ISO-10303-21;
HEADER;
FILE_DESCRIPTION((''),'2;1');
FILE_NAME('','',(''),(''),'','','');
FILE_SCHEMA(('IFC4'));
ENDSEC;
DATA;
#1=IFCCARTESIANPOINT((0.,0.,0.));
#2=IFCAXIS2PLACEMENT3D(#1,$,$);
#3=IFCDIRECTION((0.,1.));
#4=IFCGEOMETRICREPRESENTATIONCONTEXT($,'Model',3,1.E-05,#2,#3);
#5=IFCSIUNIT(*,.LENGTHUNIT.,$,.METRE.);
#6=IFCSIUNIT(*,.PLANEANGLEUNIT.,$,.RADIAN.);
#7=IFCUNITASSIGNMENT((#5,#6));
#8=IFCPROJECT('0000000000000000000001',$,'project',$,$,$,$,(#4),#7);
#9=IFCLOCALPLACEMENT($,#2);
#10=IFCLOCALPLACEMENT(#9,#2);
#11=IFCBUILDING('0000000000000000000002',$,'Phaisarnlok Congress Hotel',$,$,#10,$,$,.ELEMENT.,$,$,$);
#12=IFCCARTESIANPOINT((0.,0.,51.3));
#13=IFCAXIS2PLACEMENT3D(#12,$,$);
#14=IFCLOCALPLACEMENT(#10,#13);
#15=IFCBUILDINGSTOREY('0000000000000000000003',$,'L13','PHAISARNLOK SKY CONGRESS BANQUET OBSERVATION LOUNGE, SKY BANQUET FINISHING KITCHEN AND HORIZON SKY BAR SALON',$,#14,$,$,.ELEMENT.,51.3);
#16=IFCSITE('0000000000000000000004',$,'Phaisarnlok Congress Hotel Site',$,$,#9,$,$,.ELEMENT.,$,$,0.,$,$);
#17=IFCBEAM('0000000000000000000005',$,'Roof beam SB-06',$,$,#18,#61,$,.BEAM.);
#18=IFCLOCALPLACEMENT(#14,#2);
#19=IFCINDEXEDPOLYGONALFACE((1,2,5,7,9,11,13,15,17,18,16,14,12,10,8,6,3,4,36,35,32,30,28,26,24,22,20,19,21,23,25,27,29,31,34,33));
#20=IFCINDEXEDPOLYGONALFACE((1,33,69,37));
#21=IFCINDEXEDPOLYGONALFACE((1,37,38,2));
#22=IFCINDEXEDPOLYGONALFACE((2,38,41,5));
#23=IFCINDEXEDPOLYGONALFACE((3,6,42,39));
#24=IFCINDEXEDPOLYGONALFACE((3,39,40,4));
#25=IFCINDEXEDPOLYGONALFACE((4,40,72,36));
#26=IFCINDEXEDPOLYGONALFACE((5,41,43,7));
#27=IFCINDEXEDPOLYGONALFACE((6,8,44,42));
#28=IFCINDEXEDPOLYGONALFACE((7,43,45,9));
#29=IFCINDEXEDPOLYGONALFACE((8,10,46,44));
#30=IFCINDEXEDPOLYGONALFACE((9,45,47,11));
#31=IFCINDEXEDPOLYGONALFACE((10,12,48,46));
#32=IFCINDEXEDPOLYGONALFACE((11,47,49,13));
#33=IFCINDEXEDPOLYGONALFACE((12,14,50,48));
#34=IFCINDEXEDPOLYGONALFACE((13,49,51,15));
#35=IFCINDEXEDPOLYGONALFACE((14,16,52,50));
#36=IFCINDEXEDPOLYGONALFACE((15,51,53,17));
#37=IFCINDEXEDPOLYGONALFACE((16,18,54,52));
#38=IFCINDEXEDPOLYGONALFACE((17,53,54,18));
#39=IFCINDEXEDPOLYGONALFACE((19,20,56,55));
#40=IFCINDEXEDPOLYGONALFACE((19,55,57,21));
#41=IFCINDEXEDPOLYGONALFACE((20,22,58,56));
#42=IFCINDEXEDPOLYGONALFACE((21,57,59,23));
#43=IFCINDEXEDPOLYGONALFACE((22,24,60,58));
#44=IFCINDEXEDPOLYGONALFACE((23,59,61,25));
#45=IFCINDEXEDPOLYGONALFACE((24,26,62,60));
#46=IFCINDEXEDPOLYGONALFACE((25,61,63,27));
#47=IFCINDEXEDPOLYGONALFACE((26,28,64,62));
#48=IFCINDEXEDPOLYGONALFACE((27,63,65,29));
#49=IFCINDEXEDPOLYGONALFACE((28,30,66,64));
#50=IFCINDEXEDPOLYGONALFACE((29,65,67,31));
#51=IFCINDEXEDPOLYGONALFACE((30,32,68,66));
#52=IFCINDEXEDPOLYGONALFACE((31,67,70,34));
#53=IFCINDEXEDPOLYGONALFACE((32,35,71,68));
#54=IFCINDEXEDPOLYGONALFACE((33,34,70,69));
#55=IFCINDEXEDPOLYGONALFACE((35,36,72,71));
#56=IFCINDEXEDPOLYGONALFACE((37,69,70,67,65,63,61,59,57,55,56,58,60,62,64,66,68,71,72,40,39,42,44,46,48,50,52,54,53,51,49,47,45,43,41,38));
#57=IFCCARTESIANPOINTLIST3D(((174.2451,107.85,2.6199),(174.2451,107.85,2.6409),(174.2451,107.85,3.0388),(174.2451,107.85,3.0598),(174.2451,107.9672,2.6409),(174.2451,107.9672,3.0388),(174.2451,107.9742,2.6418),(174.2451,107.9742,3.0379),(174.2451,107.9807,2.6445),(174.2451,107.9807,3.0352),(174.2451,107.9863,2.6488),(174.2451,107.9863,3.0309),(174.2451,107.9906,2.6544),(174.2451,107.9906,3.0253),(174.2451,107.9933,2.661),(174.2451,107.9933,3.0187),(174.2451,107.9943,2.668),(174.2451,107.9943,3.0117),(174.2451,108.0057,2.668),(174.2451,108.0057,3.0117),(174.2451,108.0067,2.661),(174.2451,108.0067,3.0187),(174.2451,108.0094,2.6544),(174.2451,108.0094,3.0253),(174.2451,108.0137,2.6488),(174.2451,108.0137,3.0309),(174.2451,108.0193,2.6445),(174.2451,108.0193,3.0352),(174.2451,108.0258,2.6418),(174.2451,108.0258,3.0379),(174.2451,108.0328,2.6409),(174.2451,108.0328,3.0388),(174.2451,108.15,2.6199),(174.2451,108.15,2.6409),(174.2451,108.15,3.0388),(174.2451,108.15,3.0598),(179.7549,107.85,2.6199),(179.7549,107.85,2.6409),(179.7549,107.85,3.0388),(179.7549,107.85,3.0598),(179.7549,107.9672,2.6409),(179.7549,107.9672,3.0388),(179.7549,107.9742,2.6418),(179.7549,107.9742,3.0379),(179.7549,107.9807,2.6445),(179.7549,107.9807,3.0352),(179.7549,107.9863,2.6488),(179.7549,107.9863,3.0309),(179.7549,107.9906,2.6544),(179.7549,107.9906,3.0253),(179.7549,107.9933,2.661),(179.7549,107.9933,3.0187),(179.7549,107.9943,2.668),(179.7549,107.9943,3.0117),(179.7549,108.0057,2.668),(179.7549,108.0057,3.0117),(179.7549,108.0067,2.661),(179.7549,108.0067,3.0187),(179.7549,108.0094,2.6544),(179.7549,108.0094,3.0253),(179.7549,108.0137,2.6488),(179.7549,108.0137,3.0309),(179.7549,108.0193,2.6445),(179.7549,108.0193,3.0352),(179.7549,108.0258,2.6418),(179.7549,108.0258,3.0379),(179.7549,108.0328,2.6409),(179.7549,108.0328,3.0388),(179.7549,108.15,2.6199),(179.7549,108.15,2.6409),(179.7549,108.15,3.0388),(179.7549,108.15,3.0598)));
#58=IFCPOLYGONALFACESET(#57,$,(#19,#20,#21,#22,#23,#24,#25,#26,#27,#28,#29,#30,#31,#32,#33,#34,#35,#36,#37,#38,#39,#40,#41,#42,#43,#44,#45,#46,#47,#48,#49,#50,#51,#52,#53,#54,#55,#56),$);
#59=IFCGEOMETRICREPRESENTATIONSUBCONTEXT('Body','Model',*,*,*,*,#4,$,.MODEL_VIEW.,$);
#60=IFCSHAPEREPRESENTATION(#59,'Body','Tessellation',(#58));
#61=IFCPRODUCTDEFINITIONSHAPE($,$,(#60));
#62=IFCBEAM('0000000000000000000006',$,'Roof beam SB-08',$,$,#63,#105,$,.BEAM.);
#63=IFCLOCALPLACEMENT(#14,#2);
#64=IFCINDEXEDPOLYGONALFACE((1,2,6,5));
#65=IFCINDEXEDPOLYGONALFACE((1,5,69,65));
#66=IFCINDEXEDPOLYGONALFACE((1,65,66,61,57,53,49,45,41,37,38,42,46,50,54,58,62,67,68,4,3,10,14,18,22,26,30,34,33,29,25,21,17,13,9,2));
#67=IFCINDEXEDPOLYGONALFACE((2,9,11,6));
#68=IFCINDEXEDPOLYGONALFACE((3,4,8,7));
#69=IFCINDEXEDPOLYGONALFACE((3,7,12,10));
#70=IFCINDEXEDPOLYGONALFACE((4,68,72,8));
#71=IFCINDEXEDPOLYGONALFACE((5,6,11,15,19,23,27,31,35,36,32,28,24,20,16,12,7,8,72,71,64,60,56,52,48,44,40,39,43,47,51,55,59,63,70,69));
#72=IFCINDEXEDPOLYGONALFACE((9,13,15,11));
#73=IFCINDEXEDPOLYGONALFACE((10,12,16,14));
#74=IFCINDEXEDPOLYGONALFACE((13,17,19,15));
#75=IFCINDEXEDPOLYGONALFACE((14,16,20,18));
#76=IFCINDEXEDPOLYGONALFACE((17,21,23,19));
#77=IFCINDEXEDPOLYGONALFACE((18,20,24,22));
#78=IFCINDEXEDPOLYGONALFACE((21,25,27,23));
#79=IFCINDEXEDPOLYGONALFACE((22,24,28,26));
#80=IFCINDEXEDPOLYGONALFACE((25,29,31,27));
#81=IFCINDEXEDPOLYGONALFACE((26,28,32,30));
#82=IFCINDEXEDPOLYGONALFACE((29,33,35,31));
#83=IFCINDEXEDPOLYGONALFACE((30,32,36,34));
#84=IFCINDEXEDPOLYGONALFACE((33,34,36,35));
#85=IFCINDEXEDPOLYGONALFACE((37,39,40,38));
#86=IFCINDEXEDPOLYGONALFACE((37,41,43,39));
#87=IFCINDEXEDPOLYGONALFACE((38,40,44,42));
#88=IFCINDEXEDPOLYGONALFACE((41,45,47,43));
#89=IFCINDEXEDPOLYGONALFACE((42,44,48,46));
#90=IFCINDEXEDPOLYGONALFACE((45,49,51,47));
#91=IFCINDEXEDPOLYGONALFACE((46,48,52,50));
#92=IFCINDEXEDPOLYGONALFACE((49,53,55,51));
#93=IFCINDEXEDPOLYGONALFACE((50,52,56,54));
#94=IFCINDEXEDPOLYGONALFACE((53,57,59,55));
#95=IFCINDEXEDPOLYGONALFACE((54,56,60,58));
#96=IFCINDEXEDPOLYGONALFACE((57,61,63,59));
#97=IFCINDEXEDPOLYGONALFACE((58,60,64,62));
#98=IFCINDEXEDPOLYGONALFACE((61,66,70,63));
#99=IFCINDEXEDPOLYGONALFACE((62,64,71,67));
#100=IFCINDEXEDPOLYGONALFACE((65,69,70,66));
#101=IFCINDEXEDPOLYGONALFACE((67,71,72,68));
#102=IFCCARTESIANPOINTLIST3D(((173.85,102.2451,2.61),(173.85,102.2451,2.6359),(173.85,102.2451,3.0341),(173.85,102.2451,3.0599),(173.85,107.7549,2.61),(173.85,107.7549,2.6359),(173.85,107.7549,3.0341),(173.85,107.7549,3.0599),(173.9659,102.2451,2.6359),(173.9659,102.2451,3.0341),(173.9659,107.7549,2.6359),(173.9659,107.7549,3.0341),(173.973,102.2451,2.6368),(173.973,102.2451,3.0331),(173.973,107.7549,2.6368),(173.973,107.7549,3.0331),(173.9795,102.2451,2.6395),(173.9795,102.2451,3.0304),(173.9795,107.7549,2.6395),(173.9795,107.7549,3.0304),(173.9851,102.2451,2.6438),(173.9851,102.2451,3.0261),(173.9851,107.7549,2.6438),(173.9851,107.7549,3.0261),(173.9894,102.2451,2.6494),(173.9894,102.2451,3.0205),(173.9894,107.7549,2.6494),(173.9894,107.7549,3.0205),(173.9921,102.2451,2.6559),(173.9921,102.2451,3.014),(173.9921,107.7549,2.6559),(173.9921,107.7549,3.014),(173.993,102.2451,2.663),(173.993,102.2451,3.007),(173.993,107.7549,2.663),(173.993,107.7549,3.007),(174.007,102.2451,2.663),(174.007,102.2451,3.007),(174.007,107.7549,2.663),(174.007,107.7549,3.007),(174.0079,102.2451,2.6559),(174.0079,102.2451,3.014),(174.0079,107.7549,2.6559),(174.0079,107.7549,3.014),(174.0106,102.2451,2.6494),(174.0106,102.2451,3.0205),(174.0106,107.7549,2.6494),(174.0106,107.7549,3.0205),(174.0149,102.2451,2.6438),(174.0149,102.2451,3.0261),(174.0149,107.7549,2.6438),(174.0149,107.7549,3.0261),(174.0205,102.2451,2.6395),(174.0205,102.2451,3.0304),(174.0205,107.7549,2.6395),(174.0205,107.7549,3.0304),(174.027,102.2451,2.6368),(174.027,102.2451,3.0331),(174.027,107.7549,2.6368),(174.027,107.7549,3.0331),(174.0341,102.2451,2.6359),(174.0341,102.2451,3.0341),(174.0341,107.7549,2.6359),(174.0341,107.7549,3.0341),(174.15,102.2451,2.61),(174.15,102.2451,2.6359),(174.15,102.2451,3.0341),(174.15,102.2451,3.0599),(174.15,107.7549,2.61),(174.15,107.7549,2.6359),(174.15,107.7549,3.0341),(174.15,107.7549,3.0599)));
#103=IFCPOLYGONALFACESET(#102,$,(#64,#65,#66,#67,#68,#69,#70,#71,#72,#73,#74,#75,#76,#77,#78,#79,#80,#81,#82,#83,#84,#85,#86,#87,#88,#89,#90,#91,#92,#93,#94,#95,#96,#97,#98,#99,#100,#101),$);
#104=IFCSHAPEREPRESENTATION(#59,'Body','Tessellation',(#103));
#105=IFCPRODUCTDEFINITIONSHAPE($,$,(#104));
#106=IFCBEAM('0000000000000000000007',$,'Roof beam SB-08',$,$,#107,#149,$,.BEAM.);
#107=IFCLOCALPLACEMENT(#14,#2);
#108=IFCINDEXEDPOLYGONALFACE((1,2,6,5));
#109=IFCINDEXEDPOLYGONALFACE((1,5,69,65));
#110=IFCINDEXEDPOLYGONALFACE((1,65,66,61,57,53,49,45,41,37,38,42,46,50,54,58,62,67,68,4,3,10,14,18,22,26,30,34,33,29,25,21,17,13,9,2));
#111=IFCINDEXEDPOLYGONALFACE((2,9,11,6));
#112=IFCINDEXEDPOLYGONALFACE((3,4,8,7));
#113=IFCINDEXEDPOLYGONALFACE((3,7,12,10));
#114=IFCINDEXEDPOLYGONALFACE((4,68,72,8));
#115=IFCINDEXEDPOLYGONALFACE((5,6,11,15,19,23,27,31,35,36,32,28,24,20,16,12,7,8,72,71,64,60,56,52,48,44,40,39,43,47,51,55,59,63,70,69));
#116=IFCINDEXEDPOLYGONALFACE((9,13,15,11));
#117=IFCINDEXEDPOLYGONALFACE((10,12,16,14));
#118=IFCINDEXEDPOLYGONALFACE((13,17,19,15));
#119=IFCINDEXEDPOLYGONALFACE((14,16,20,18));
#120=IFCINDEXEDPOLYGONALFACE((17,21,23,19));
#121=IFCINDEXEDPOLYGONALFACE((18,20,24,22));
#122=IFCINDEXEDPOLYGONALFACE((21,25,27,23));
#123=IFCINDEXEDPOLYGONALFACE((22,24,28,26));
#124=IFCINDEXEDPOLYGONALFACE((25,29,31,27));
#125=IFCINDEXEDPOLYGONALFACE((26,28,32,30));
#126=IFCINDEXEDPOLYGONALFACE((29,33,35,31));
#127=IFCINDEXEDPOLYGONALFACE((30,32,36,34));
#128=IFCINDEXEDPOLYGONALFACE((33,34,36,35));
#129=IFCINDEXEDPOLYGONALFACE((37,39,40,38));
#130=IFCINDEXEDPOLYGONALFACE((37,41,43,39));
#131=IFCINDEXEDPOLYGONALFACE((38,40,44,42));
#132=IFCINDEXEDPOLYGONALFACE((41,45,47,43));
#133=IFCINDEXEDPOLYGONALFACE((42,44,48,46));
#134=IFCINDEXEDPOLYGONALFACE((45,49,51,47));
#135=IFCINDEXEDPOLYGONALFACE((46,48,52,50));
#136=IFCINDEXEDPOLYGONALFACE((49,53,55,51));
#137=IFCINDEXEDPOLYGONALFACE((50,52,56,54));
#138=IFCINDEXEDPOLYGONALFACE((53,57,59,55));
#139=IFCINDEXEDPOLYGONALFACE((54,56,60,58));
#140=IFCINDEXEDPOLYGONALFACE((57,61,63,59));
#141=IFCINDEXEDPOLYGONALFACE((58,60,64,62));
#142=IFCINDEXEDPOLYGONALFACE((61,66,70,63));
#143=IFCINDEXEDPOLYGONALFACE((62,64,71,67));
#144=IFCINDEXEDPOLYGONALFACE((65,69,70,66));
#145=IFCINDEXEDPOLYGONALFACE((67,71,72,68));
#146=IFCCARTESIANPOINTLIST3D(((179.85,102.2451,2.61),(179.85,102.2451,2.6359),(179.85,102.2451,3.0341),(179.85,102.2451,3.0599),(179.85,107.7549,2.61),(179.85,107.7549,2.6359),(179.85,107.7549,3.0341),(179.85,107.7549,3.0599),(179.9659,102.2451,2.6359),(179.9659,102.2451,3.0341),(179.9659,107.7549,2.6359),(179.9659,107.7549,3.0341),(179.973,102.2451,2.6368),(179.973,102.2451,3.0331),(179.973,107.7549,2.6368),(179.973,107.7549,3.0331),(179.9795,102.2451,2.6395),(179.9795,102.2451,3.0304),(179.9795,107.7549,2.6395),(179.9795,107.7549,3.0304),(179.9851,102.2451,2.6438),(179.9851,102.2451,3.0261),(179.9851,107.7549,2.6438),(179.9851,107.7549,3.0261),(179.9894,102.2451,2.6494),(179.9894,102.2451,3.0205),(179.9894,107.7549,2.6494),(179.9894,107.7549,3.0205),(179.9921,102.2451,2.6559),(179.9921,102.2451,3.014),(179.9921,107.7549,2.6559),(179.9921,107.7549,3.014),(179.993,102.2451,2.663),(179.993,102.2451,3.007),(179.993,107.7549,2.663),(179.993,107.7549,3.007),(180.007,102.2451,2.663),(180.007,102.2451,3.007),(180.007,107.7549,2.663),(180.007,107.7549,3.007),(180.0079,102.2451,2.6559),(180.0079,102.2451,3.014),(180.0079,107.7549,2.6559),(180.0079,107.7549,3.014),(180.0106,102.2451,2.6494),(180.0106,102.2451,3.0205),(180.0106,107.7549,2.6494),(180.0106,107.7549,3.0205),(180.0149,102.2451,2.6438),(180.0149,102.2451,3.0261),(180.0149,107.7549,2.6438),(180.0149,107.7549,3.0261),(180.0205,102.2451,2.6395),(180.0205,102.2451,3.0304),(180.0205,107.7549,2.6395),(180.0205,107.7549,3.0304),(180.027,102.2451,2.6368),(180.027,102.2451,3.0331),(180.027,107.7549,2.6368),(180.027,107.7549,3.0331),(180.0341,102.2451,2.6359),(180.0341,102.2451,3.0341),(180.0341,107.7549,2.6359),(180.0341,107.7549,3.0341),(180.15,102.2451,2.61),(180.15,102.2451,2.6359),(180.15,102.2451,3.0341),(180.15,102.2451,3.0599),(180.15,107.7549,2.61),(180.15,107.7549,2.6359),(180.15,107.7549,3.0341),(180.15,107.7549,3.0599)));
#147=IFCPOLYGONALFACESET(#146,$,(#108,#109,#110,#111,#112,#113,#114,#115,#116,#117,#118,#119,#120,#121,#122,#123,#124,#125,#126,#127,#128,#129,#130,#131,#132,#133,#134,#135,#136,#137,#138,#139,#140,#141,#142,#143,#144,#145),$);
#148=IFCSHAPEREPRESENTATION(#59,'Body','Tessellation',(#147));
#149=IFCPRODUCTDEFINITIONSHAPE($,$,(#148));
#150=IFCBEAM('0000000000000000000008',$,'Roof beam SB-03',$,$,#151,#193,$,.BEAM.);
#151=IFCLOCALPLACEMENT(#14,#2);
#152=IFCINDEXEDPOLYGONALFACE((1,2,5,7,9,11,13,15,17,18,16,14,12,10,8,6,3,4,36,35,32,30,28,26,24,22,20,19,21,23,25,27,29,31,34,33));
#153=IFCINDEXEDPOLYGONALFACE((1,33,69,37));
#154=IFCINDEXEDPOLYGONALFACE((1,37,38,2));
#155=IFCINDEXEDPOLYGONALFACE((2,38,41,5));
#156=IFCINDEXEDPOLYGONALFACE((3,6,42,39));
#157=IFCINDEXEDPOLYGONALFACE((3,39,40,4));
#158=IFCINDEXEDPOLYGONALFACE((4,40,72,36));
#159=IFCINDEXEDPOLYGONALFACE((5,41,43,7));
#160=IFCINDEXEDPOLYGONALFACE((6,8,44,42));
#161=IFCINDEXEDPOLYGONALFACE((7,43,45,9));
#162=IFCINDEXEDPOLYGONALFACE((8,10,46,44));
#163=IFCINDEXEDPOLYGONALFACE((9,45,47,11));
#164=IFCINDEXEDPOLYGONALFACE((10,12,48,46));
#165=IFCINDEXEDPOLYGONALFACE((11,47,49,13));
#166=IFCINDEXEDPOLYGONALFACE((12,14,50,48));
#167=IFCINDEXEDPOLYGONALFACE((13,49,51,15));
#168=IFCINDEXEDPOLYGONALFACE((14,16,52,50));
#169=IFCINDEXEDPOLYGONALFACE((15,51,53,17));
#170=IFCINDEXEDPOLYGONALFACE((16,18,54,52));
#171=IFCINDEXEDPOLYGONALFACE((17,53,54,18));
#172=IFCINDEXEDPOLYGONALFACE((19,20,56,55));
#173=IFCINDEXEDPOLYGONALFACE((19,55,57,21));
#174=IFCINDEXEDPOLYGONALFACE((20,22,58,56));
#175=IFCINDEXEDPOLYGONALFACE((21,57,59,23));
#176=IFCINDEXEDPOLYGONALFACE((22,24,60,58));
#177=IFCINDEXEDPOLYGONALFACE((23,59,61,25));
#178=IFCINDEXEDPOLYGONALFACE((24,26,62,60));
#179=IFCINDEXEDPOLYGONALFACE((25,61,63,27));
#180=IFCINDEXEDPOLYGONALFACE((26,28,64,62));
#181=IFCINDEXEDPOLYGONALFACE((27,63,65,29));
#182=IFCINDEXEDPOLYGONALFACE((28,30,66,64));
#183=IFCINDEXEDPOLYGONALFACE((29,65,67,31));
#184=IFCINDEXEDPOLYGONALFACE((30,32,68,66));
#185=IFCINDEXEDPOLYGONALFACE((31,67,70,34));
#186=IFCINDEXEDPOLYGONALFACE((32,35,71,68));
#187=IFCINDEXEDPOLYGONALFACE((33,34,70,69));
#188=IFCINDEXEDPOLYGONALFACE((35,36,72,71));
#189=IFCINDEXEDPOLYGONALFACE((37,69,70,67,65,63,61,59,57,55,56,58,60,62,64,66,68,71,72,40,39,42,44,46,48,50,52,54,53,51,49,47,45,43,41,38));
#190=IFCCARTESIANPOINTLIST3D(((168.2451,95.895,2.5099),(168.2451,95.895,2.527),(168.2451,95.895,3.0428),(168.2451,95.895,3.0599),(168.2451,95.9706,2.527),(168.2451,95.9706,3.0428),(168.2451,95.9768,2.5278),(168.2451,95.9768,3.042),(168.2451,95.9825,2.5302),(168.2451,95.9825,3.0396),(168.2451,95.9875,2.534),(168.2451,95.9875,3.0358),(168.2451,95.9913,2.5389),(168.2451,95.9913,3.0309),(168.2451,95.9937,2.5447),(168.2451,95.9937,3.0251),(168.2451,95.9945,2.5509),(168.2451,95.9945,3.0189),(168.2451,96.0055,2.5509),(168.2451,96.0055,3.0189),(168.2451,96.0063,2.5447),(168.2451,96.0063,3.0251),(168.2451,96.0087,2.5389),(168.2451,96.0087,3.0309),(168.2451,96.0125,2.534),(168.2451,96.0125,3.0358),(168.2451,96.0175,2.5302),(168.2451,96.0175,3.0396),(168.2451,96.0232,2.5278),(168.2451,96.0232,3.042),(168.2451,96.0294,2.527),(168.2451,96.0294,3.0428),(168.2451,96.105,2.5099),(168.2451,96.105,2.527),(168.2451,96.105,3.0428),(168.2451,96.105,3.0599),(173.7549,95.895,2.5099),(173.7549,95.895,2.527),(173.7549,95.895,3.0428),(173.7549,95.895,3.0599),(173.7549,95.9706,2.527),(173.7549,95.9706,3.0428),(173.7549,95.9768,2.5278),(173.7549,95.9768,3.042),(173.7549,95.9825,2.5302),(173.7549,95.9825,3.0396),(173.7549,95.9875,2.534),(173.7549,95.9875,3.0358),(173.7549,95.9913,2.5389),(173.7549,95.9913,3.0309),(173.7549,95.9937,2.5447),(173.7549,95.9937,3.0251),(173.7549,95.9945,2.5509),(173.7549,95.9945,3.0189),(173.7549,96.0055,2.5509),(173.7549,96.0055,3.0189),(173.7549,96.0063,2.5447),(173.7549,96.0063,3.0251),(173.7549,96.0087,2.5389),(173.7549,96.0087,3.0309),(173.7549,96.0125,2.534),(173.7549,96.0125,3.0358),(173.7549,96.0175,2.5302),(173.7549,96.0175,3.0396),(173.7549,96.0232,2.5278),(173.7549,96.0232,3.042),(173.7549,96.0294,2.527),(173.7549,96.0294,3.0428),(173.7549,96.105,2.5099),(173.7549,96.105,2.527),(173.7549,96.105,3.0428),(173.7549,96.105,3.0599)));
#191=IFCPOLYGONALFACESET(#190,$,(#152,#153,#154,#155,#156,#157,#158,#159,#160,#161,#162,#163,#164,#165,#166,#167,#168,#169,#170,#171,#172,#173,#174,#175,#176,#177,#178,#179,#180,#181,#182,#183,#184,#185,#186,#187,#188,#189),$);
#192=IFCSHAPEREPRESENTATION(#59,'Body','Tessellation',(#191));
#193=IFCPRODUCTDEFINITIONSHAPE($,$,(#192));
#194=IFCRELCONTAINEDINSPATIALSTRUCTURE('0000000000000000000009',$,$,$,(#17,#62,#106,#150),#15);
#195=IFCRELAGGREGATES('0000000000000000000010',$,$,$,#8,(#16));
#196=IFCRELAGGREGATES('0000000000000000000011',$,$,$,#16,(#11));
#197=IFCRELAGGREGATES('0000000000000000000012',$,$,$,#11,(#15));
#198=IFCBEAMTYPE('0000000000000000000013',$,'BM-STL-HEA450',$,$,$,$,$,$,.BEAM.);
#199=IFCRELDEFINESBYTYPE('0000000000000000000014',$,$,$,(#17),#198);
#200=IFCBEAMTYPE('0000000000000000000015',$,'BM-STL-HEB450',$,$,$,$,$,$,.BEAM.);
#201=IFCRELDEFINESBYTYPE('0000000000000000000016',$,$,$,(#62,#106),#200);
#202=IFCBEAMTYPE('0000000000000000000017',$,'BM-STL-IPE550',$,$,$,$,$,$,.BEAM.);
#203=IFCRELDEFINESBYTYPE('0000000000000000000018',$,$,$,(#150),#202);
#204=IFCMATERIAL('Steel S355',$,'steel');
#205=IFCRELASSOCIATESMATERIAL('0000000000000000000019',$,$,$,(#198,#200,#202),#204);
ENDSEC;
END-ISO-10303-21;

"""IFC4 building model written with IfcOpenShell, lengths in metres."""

from ifc_helpers import new_model, si_unit, direction, frame, origin, origin_2d, place, context, subcontext, project, spatial, i_section, extrude, material, material_profile, profile_set, type_object, element, save


model = new_model("IFC4")

# Units and contexts
model_context = context("Model", 3, precision=1e-05, world=origin(), true_north=direction((0.0, 1.0)))
body_context = subcontext(model_context, "Body", "Model", "MODEL_VIEW")
ifc_project = project(units=[si_unit("LENGTHUNIT", "METRE"), si_unit("PLANEANGLEUNIT", "RADIAN")], contexts=[model_context])

# Site, building, storey
site_placement = place(None, origin())
site = spatial("IfcSite", under=ifc_project, at=site_placement, Name="Phaisarnlok Congress Hotel Site", CompositionType="ELEMENT", RefElevation=0.0)
building_placement = place(site_placement, origin())
building = spatial("IfcBuilding", under=site, at=building_placement, Name="Phaisarnlok Congress Hotel", CompositionType="ELEMENT")
storey_placement = place(building_placement, frame((0.0, 0.0, 51.3)))
storey = spatial("IfcBuildingStorey", under=building, at=storey_placement, Name="L13", Description="PHAISARNLOK SKY CONGRESS BANQUET OBSERVATION LOUNGE, SKY BANQUET FINISHING KITCHEN AND HORIZON SKY BAR SALON", CompositionType="ELEMENT", Elevation=51.3)

# Beams
ifc_material_1 = material(Name="Steel S355", Category="steel")
ifc_material_profile_1 = material_profile(ifc_material_1, i_section(OverallWidth=0.3, OverallDepth=0.4399, WebThickness=0.0115, FlangeThickness=0.021, FilletRadius=0.0271, at=origin_2d()), Name="HEA 450")
ifc_profile_set_1 = profile_set([ifc_material_profile_1], Name="Steel S355")
beam_type_1 = type_object("IfcBeamType", Name="BM-STL-HEA450", PredefinedType="BEAM", material=ifc_profile_set_1)
for number, where, z_axis, x_axis, name in (
    (1, (174.2451, 108.0, 2.8398), (1.0, 0.0, 0.0), (0.0, 1.0, 0.0), "Roof beam SB-06"),
):
    element("IfcBeam", number, at=place(storey_placement, frame(where, z_axis=z_axis, x_axis=x_axis)), inside=storey, type_object=beam_type_1, Name=name, PredefinedType="BEAM", context=body_context, shape_type="SweptSolid", body=[
        extrude(i_section(OverallWidth=0.3, OverallDepth=0.4399, WebThickness=0.0115, FlangeThickness=0.021, FilletRadius=0.0271, at=origin_2d()), origin(), (0.0, 0.0, 1.0), 5.5098),
    ])
ifc_material_profile_2 = material_profile(ifc_material_1, i_section(OverallWidth=0.3, OverallDepth=0.45, WebThickness=0.0139, FlangeThickness=0.0259, FilletRadius=0.0271, at=origin_2d()), Name="HEB 450")
ifc_profile_set_2 = profile_set([ifc_material_profile_2], Name="Steel S355")
beam_type_2 = type_object("IfcBeamType", Name="BM-STL-HEB450", PredefinedType="BEAM", material=ifc_profile_set_2)
for number, where, z_axis, x_axis, name in (
    (2, (174.0, 102.2451, 2.835), (0.0, 1.0, 0.0), (-1.0, 0.0, 0.0), "Roof beam SB-08"),
    (3, (180.0, 102.2451, 2.835), (0.0, 1.0, 0.0), (-1.0, 0.0, 0.0), "Roof beam SB-08"),
):
    element("IfcBeam", number, at=place(storey_placement, frame(where, z_axis=z_axis, x_axis=x_axis)), inside=storey, type_object=beam_type_2, Name=name, PredefinedType="BEAM", context=body_context, shape_type="SweptSolid", body=[
        extrude(i_section(OverallWidth=0.3, OverallDepth=0.45, WebThickness=0.0139, FlangeThickness=0.0259, FilletRadius=0.0271, at=origin_2d()), origin(), (0.0, 0.0, 1.0), 5.5098),
    ])
ifc_material_profile_3 = material_profile(ifc_material_1, i_section(OverallWidth=0.21, OverallDepth=0.55, WebThickness=0.011, FlangeThickness=0.0171, FilletRadius=0.0239, at=origin_2d()), Name="IPE 550")
ifc_profile_set_3 = profile_set([ifc_material_profile_3], Name="Steel S355")
beam_type_3 = type_object("IfcBeamType", Name="BM-STL-IPE550", PredefinedType="BEAM", material=ifc_profile_set_3)
for number, where, z_axis, x_axis, name in (
    (4, (168.2451, 96.0, 2.7849), (1.0, 0.0, 0.0), (0.0, 1.0, 0.0), "Roof beam SB-03"),
):
    element("IfcBeam", number, at=place(storey_placement, frame(where, z_axis=z_axis, x_axis=x_axis)), inside=storey, type_object=beam_type_3, Name=name, PredefinedType="BEAM", context=body_context, shape_type="SweptSolid", body=[
        extrude(i_section(OverallWidth=0.21, OverallDepth=0.55, WebThickness=0.011, FlangeThickness=0.0171, FilletRadius=0.0239, at=origin_2d()), origin(), (0.0, 0.0, 1.0), 5.5098),
    ])

save(model, "model.ifc")
